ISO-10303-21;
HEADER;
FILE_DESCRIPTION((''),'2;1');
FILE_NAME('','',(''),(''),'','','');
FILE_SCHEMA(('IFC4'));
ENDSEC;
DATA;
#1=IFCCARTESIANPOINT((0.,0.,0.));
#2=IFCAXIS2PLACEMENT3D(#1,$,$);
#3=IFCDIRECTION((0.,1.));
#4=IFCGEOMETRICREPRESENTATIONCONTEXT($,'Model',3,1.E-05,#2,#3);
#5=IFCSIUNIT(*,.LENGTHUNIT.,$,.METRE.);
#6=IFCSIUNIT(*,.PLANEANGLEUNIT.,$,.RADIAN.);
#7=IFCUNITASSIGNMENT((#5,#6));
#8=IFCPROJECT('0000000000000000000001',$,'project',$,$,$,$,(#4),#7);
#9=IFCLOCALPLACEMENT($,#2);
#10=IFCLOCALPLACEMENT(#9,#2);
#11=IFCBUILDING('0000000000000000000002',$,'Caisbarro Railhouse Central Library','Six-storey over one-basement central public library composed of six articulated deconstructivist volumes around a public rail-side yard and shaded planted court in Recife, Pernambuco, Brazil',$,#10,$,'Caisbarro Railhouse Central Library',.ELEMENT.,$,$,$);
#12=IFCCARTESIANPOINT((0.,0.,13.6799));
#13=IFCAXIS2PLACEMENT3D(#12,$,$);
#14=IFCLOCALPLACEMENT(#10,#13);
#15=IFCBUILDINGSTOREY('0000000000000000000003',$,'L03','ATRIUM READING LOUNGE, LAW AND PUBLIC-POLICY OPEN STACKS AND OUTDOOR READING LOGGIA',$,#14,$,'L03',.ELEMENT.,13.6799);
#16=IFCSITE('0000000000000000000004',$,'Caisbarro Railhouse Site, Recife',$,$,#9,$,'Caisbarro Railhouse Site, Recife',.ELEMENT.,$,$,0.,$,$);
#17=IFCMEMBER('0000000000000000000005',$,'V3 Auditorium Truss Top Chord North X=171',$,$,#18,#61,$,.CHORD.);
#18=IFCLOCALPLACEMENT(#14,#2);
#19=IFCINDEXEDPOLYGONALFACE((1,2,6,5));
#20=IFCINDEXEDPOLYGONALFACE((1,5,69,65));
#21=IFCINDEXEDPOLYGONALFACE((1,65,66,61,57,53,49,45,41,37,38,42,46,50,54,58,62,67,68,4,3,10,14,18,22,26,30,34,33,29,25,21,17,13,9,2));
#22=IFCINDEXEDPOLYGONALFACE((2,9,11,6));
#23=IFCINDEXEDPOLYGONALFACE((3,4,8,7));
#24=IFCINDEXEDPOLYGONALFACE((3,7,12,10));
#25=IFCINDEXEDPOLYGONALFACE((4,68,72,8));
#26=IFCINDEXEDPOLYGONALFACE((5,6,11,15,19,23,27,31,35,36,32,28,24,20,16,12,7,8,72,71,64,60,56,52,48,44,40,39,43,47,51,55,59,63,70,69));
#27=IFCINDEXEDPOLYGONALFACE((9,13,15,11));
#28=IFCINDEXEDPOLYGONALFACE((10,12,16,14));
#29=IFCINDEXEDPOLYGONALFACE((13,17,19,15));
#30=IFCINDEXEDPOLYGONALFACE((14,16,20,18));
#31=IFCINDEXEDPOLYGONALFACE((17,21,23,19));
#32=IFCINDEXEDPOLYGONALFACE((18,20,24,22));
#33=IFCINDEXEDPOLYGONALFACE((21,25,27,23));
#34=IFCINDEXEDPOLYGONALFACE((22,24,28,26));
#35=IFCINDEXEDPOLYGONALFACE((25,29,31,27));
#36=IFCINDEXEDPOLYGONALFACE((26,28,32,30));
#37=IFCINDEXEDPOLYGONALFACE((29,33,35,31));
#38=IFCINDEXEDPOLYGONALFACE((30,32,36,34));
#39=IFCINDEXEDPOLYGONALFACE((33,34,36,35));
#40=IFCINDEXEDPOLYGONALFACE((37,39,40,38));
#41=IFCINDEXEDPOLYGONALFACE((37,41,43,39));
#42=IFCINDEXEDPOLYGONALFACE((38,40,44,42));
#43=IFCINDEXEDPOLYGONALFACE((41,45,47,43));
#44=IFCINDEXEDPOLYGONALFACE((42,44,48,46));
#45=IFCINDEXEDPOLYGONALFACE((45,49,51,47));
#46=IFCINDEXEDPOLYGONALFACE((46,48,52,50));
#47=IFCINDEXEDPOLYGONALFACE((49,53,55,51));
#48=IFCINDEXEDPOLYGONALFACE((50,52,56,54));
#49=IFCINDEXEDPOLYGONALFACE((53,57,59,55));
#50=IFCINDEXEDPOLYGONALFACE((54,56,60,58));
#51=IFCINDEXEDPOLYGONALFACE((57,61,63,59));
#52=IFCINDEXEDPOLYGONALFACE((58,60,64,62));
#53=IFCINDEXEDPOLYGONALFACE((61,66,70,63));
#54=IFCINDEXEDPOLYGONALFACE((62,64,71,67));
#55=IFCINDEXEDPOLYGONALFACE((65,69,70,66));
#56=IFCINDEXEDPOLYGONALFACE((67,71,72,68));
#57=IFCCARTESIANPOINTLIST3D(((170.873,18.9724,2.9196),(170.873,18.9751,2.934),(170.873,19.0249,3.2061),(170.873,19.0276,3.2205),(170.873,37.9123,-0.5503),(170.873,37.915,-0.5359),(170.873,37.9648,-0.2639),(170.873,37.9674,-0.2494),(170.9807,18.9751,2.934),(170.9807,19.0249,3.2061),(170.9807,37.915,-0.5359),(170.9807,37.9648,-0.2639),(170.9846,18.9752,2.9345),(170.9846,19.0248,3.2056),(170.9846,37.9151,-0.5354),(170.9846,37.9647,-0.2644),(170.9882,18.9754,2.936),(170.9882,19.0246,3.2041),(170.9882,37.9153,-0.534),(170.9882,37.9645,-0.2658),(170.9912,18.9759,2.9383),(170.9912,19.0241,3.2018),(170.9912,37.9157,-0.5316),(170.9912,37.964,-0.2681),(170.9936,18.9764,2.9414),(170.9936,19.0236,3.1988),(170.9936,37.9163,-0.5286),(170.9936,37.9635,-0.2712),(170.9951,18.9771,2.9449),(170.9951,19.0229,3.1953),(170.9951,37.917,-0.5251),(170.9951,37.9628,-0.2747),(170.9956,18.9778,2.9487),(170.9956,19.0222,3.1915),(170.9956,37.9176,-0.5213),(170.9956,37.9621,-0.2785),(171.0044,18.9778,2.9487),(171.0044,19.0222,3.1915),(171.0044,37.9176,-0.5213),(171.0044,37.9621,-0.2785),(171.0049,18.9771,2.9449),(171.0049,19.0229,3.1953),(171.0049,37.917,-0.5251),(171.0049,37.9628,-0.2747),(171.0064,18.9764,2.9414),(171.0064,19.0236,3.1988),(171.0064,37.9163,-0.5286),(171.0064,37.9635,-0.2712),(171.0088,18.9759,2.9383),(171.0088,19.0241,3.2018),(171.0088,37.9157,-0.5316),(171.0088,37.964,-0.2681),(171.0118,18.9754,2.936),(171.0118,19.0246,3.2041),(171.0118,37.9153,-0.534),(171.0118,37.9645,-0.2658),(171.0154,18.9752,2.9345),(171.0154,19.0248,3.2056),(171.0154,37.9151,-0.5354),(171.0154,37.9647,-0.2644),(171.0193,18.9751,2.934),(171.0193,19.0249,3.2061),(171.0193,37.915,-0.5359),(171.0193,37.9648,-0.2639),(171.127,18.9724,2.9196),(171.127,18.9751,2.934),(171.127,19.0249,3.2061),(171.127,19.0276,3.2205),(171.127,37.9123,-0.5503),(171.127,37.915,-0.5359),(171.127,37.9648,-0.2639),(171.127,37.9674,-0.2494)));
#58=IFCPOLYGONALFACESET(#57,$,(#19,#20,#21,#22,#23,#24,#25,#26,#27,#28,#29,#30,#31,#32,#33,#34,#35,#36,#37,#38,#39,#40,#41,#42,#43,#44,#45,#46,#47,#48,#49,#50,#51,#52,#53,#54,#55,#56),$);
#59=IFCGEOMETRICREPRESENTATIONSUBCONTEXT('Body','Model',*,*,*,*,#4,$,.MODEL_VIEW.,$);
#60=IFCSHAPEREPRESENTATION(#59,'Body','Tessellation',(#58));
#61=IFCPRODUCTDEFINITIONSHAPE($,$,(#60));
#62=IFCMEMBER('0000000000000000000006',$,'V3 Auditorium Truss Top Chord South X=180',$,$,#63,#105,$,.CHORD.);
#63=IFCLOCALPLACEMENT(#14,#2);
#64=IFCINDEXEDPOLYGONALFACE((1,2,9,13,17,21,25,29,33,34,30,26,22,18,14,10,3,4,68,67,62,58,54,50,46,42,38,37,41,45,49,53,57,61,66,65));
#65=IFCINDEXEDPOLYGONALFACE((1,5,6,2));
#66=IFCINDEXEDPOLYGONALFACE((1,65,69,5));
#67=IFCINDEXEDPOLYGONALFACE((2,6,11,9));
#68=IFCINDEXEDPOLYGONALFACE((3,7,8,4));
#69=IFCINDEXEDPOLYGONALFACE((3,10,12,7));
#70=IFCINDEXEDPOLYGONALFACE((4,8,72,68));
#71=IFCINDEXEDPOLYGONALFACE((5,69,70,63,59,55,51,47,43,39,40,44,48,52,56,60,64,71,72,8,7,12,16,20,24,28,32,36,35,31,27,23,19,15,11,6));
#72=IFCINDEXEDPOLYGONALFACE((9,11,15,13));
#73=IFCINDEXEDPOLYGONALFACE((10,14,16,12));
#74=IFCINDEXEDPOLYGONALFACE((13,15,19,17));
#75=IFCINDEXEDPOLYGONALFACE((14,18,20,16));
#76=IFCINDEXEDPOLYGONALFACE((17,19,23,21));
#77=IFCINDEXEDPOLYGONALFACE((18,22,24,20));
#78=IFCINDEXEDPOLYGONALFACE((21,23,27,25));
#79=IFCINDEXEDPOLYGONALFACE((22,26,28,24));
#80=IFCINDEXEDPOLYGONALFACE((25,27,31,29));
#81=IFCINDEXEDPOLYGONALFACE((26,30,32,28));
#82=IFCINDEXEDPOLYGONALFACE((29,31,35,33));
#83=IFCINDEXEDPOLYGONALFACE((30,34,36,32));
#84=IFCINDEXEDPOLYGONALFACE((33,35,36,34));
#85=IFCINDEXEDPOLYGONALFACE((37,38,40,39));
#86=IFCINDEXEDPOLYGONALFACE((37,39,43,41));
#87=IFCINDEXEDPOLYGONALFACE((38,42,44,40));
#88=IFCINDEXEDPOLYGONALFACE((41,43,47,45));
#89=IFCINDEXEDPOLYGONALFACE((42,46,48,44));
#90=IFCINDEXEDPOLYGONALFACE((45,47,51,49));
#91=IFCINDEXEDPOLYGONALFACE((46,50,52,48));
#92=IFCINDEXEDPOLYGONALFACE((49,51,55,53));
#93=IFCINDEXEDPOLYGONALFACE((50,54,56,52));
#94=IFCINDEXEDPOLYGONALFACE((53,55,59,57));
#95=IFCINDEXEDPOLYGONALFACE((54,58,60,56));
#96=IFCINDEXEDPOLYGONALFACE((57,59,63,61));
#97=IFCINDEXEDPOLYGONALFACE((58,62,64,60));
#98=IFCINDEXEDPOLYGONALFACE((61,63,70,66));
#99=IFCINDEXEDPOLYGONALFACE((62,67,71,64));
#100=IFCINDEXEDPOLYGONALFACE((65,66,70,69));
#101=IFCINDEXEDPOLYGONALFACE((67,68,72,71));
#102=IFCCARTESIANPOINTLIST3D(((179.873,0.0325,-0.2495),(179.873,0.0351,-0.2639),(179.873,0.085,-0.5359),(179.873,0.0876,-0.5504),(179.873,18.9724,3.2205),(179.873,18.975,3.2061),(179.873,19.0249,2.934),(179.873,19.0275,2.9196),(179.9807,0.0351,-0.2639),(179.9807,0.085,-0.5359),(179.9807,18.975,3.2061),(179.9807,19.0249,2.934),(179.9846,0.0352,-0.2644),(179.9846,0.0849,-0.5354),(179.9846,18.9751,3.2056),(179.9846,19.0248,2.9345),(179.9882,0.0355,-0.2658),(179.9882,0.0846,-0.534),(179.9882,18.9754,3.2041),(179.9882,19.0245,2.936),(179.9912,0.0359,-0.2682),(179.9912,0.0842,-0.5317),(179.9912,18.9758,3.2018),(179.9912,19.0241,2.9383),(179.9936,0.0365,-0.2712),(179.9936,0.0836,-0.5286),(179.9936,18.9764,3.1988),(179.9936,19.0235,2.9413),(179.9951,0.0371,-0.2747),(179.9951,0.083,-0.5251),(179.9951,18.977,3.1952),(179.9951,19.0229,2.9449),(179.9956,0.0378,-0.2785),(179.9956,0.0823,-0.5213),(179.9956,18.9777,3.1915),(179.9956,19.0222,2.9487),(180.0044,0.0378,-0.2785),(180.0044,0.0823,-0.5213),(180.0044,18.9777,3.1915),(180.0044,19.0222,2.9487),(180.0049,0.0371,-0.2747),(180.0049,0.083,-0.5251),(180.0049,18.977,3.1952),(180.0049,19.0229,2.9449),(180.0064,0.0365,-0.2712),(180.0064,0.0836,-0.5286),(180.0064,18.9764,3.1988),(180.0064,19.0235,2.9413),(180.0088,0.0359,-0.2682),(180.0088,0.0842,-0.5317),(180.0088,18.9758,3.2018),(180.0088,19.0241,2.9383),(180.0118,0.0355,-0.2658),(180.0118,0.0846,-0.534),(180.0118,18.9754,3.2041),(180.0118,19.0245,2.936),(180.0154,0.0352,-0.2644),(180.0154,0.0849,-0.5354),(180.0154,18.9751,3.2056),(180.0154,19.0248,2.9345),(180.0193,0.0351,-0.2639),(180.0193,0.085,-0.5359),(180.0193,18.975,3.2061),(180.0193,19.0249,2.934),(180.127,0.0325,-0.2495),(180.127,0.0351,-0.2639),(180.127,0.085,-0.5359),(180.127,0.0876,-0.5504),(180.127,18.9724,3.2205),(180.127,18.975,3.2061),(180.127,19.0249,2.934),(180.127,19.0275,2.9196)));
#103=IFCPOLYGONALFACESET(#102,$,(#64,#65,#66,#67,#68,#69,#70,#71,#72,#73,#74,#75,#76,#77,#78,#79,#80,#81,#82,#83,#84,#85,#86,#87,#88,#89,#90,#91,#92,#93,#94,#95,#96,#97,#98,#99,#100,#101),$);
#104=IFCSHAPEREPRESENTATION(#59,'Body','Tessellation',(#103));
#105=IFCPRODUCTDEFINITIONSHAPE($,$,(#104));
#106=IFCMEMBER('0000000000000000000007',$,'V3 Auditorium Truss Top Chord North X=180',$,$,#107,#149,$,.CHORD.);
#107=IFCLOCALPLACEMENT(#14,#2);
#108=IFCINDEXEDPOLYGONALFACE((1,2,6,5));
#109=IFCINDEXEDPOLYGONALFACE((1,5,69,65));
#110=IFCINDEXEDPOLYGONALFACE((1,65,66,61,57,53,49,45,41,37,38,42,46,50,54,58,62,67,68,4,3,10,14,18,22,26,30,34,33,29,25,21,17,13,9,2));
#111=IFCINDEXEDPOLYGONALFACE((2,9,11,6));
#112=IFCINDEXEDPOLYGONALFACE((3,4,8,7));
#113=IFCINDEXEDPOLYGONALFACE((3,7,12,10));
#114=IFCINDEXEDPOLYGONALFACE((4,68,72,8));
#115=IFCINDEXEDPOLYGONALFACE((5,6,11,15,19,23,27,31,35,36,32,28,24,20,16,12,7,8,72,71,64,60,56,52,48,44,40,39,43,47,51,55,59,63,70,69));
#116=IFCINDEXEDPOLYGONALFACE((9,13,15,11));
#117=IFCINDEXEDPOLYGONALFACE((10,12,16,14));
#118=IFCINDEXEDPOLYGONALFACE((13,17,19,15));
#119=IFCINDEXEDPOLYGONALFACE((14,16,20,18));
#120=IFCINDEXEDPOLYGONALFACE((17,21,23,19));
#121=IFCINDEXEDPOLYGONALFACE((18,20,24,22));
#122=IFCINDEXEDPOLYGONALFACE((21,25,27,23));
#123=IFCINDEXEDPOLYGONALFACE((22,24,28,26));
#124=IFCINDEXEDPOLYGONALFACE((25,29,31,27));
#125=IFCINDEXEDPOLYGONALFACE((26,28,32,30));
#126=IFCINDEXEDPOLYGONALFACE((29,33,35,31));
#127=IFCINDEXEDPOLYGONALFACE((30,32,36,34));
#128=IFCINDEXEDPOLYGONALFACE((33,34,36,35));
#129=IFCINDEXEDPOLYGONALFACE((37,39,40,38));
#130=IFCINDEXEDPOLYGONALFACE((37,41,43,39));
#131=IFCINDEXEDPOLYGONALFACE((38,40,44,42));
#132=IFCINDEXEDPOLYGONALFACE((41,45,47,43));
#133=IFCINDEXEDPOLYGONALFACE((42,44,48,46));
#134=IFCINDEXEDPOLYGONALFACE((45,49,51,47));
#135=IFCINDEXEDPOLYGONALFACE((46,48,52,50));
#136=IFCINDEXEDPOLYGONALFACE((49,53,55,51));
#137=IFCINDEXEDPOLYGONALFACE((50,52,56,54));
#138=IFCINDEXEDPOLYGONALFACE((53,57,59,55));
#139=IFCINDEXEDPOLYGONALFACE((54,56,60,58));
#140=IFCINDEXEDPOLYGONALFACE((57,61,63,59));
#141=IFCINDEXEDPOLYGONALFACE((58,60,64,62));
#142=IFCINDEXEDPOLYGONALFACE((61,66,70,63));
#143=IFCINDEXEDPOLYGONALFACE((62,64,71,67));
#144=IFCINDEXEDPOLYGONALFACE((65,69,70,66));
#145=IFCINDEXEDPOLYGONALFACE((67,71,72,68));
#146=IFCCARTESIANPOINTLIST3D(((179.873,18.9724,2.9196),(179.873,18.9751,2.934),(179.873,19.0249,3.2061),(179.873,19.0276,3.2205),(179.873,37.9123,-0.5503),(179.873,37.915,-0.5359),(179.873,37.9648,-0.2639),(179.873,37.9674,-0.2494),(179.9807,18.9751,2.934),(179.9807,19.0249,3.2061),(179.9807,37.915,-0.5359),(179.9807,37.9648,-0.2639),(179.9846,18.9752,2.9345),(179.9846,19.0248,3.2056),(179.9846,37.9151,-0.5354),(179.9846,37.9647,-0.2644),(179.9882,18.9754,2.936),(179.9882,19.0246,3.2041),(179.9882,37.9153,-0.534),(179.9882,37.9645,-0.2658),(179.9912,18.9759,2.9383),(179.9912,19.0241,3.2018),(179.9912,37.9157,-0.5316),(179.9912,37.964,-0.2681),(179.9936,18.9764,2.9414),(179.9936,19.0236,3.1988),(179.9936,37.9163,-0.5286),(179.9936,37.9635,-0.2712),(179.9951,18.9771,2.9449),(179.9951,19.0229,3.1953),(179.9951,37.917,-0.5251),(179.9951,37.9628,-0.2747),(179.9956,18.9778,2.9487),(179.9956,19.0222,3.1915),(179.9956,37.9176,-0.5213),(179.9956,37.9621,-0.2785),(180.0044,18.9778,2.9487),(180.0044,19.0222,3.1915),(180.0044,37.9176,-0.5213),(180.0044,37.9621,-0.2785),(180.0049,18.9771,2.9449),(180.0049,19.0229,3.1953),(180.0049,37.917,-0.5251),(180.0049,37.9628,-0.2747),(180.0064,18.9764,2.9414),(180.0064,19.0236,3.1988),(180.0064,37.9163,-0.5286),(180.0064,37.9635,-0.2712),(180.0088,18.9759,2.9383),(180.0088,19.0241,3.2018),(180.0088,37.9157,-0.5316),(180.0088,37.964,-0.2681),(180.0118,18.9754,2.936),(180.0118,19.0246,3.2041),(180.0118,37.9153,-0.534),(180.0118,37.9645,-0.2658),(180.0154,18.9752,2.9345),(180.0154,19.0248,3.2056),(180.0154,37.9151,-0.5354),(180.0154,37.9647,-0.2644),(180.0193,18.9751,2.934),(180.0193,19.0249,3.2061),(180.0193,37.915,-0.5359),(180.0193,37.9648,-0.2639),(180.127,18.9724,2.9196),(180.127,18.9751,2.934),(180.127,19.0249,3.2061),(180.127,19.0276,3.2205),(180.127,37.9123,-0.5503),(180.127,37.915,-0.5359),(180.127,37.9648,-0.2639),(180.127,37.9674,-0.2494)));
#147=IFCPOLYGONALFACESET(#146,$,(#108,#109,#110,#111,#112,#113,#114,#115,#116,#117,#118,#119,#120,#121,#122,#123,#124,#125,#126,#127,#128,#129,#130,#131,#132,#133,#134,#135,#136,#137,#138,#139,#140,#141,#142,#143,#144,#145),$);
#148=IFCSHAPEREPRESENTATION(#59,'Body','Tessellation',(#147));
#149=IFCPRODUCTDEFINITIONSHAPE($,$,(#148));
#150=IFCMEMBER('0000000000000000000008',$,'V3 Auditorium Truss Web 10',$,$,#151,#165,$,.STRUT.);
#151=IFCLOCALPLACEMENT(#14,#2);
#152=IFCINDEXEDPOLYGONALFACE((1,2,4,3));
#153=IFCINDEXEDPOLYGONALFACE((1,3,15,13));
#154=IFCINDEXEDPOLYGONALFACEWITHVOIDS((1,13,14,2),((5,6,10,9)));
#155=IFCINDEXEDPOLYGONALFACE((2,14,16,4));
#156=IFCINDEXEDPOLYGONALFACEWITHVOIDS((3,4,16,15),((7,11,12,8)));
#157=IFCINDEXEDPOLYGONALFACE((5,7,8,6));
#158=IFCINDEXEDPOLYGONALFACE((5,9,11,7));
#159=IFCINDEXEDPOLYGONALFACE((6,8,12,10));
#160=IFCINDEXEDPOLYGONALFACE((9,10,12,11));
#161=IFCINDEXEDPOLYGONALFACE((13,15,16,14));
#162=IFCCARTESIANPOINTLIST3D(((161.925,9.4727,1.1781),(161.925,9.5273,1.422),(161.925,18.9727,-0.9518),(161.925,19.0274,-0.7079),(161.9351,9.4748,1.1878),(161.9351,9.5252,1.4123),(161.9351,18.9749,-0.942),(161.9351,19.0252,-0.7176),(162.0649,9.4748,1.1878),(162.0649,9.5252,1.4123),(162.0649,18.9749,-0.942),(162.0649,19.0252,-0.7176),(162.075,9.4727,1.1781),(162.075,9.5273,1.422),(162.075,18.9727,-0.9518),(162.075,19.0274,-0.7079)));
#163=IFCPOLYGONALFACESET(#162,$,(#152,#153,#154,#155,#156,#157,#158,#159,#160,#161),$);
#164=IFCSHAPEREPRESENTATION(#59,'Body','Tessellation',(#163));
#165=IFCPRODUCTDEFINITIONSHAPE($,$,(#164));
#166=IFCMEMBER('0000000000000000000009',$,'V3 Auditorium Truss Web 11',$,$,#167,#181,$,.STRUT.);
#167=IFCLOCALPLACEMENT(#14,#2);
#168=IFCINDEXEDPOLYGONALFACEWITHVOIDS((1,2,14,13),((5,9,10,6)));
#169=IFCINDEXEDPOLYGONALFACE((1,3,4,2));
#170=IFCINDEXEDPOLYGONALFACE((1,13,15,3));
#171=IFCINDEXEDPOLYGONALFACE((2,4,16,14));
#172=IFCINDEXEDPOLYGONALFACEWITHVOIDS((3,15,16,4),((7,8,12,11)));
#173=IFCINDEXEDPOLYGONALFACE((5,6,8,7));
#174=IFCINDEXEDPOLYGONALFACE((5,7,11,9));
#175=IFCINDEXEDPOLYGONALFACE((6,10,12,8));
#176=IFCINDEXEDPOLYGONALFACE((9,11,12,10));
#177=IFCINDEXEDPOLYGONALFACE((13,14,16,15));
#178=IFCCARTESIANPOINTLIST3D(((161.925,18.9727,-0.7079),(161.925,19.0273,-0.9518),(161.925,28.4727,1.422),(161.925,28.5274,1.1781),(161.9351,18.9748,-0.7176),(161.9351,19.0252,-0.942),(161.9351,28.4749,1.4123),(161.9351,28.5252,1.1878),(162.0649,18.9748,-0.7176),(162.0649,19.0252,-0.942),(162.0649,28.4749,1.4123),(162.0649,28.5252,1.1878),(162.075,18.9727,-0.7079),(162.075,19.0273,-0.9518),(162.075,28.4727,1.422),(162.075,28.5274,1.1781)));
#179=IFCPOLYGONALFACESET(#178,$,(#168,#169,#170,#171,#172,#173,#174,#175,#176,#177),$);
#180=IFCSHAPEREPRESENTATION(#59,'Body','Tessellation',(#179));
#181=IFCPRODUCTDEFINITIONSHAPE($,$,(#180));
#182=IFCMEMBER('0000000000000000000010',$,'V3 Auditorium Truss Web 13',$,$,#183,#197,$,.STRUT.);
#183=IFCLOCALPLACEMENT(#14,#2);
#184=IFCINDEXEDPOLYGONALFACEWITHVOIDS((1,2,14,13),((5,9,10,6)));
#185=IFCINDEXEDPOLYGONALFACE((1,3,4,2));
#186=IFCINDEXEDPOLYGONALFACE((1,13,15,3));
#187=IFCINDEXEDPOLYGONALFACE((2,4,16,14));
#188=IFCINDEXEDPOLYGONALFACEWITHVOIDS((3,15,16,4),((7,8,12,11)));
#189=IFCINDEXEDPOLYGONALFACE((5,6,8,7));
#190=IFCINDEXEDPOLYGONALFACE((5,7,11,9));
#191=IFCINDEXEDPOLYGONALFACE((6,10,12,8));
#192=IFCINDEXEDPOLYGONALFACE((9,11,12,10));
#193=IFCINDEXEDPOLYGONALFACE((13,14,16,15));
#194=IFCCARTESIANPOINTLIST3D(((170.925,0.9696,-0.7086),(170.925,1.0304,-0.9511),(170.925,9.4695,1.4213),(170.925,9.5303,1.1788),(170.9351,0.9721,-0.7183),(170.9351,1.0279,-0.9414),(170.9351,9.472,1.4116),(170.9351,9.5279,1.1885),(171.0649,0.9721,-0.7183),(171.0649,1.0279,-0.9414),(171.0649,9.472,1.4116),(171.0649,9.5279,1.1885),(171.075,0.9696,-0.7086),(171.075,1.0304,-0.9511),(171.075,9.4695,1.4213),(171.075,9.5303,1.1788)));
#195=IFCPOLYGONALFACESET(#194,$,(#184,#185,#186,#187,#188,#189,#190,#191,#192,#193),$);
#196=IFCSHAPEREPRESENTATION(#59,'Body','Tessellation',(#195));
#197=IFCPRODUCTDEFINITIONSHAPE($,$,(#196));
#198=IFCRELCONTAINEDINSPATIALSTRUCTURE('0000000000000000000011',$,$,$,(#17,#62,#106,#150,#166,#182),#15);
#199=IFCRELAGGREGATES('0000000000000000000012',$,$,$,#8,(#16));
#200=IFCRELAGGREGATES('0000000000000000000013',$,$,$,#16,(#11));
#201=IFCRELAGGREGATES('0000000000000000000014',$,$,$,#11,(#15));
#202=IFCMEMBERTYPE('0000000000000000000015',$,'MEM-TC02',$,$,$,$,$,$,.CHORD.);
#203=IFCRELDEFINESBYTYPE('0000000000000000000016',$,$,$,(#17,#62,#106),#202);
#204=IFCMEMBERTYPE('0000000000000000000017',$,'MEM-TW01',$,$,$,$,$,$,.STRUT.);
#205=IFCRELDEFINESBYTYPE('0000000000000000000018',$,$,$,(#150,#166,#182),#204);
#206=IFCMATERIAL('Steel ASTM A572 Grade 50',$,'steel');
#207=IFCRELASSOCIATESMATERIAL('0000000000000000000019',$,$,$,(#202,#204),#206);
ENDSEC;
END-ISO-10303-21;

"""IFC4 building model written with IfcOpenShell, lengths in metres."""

from ifc_helpers import new_model, si_unit, direction, frame, origin, origin_2d, place, context, subcontext, project, spatial, hollow_rectangle, i_section, extrude, material, material_profile, profile_set, type_object, element, save


model = new_model("IFC4")

# Units and contexts
model_context = context("Model", 3, precision=1e-05, world=origin(), true_north=direction((0.0, 1.0)))
body_context = subcontext(model_context, "Body", "Model", "MODEL_VIEW")
ifc_project = project(units=[si_unit("LENGTHUNIT", "METRE"), si_unit("PLANEANGLEUNIT", "RADIAN")], contexts=[model_context])

# Site, building, storey
site_placement = place(None, origin())
site = spatial("IfcSite", under=ifc_project, at=site_placement, Name="Caisbarro Railhouse Site, Recife", LongName="Caisbarro Railhouse Site, Recife", CompositionType="ELEMENT", RefElevation=0.0)
building_placement = place(site_placement, origin())
building = spatial("IfcBuilding", under=site, at=building_placement, Name="Caisbarro Railhouse Central Library", Description="Six-storey over one-basement central public library composed of six articulated deconstructivist volumes around a public rail-side yard and shaded planted court in Recife, Pernambuco, Brazil", LongName="Caisbarro Railhouse Central Library", CompositionType="ELEMENT")
storey_placement = place(building_placement, frame((0.0, 0.0, 13.6799)))
storey = spatial("IfcBuildingStorey", under=building, at=storey_placement, Name="L03", Description="ATRIUM READING LOUNGE, LAW AND PUBLIC-POLICY OPEN STACKS AND OUTDOOR READING LOGGIA", LongName="L03", CompositionType="ELEMENT", Elevation=13.6799)

# Members
ifc_material_1 = material(Name="Steel ASTM A572 Grade 50", Category="steel")
ifc_material_profile_1 = material_profile(ifc_material_1, i_section(OverallWidth=0.2539, OverallDepth=0.3059, WebThickness=0.0088, FlangeThickness=0.0146, FilletRadius=0.0149, at=origin_2d()), Name="W310X79.0")
ifc_profile_set_1 = profile_set([ifc_material_profile_1], Name="Steel ASTM A572 Grade 50")
member_type_1 = type_object("IfcMemberType", Name="MEM-TC02", PredefinedType="CHORD", material=ifc_profile_set_1)
for number, where, z_axis, x_axis, name in (
    (1, (171.0, 19.0, 3.0701), (0.0, 0.983628, -0.18021), (-1.0, 0.0, 0.0), "V3 Auditorium Truss Top Chord North X=171"),
    (2, (180.0, 0.0601, -0.3999), (0.0, 0.983628, 0.18021), (-1.0, 0.0, 0.0), "V3 Auditorium Truss Top Chord South X=180"),
    (3, (180.0, 19.0, 3.0701), (0.0, 0.983628, -0.18021), (-1.0, 0.0, 0.0), "V3 Auditorium Truss Top Chord North X=180"),
):
    element("IfcMember", number, at=place(storey_placement, frame(where, z_axis=z_axis, x_axis=x_axis)), inside=storey, type_object=member_type_1, Name=name, PredefinedType="CHORD", context=body_context, shape_type="SweptSolid", body=[
        extrude(i_section(OverallWidth=0.2539, OverallDepth=0.3059, WebThickness=0.0088, FlangeThickness=0.0146, FilletRadius=0.0149, at=origin_2d()), origin(), (0.0, 0.0, 1.0), 19.2551),
    ])
ifc_material_profile_2 = material_profile(ifc_material_1, hollow_rectangle(XDim=0.1499, YDim=0.25, WallThickness=0.01, at=origin_2d()), Name="HSS250X150X10")
ifc_profile_set_2 = profile_set([ifc_material_profile_2], Name="Steel ASTM A572 Grade 50")
member_type_2 = type_object("IfcMemberType", Name="MEM-TW01", PredefinedType="STRUT", material=ifc_profile_set_2)
for number, where, z_axis, x_axis, name in (
    (4, (162.0, 9.5, 1.3), (0.0, 0.975777, -0.218767), (-1.0, 0.0, 0.0), "V3 Auditorium Truss Web 10"),
    (5, (162.0, 19.0, -0.8298), (0.0, 0.975777, 0.218767), (-1.0, 0.0, 0.0), "V3 Auditorium Truss Web 11"),
):
    element("IfcMember", number, at=place(storey_placement, frame(where, z_axis=z_axis, x_axis=x_axis)), inside=storey, type_object=member_type_2, Name=name, PredefinedType="STRUT", context=body_context, shape_type="SweptSolid", body=[
        extrude(hollow_rectangle(XDim=0.1499, YDim=0.25, WallThickness=0.01, at=origin_2d()), origin(), (0.0, 0.0, 1.0), 9.7358),
    ])
member_1_placement = place(storey_placement, frame((171.0, 1.0, -0.8298), z_axis=(0.0, 0.970011, 0.24306), x_axis=(-1.0, 0.0, 0.0)))
element("IfcMember", 6, at=member_1_placement, inside=storey, type_object=member_type_2, Name="V3 Auditorium Truss Web 13", PredefinedType="STRUT", context=body_context, shape_type="SweptSolid", body=[
    extrude(hollow_rectangle(XDim=0.1499, YDim=0.25, WallThickness=0.01, at=origin_2d()), origin(), (0.0, 0.0, 1.0), 8.7627),
])

save(model, "model.ifc")
